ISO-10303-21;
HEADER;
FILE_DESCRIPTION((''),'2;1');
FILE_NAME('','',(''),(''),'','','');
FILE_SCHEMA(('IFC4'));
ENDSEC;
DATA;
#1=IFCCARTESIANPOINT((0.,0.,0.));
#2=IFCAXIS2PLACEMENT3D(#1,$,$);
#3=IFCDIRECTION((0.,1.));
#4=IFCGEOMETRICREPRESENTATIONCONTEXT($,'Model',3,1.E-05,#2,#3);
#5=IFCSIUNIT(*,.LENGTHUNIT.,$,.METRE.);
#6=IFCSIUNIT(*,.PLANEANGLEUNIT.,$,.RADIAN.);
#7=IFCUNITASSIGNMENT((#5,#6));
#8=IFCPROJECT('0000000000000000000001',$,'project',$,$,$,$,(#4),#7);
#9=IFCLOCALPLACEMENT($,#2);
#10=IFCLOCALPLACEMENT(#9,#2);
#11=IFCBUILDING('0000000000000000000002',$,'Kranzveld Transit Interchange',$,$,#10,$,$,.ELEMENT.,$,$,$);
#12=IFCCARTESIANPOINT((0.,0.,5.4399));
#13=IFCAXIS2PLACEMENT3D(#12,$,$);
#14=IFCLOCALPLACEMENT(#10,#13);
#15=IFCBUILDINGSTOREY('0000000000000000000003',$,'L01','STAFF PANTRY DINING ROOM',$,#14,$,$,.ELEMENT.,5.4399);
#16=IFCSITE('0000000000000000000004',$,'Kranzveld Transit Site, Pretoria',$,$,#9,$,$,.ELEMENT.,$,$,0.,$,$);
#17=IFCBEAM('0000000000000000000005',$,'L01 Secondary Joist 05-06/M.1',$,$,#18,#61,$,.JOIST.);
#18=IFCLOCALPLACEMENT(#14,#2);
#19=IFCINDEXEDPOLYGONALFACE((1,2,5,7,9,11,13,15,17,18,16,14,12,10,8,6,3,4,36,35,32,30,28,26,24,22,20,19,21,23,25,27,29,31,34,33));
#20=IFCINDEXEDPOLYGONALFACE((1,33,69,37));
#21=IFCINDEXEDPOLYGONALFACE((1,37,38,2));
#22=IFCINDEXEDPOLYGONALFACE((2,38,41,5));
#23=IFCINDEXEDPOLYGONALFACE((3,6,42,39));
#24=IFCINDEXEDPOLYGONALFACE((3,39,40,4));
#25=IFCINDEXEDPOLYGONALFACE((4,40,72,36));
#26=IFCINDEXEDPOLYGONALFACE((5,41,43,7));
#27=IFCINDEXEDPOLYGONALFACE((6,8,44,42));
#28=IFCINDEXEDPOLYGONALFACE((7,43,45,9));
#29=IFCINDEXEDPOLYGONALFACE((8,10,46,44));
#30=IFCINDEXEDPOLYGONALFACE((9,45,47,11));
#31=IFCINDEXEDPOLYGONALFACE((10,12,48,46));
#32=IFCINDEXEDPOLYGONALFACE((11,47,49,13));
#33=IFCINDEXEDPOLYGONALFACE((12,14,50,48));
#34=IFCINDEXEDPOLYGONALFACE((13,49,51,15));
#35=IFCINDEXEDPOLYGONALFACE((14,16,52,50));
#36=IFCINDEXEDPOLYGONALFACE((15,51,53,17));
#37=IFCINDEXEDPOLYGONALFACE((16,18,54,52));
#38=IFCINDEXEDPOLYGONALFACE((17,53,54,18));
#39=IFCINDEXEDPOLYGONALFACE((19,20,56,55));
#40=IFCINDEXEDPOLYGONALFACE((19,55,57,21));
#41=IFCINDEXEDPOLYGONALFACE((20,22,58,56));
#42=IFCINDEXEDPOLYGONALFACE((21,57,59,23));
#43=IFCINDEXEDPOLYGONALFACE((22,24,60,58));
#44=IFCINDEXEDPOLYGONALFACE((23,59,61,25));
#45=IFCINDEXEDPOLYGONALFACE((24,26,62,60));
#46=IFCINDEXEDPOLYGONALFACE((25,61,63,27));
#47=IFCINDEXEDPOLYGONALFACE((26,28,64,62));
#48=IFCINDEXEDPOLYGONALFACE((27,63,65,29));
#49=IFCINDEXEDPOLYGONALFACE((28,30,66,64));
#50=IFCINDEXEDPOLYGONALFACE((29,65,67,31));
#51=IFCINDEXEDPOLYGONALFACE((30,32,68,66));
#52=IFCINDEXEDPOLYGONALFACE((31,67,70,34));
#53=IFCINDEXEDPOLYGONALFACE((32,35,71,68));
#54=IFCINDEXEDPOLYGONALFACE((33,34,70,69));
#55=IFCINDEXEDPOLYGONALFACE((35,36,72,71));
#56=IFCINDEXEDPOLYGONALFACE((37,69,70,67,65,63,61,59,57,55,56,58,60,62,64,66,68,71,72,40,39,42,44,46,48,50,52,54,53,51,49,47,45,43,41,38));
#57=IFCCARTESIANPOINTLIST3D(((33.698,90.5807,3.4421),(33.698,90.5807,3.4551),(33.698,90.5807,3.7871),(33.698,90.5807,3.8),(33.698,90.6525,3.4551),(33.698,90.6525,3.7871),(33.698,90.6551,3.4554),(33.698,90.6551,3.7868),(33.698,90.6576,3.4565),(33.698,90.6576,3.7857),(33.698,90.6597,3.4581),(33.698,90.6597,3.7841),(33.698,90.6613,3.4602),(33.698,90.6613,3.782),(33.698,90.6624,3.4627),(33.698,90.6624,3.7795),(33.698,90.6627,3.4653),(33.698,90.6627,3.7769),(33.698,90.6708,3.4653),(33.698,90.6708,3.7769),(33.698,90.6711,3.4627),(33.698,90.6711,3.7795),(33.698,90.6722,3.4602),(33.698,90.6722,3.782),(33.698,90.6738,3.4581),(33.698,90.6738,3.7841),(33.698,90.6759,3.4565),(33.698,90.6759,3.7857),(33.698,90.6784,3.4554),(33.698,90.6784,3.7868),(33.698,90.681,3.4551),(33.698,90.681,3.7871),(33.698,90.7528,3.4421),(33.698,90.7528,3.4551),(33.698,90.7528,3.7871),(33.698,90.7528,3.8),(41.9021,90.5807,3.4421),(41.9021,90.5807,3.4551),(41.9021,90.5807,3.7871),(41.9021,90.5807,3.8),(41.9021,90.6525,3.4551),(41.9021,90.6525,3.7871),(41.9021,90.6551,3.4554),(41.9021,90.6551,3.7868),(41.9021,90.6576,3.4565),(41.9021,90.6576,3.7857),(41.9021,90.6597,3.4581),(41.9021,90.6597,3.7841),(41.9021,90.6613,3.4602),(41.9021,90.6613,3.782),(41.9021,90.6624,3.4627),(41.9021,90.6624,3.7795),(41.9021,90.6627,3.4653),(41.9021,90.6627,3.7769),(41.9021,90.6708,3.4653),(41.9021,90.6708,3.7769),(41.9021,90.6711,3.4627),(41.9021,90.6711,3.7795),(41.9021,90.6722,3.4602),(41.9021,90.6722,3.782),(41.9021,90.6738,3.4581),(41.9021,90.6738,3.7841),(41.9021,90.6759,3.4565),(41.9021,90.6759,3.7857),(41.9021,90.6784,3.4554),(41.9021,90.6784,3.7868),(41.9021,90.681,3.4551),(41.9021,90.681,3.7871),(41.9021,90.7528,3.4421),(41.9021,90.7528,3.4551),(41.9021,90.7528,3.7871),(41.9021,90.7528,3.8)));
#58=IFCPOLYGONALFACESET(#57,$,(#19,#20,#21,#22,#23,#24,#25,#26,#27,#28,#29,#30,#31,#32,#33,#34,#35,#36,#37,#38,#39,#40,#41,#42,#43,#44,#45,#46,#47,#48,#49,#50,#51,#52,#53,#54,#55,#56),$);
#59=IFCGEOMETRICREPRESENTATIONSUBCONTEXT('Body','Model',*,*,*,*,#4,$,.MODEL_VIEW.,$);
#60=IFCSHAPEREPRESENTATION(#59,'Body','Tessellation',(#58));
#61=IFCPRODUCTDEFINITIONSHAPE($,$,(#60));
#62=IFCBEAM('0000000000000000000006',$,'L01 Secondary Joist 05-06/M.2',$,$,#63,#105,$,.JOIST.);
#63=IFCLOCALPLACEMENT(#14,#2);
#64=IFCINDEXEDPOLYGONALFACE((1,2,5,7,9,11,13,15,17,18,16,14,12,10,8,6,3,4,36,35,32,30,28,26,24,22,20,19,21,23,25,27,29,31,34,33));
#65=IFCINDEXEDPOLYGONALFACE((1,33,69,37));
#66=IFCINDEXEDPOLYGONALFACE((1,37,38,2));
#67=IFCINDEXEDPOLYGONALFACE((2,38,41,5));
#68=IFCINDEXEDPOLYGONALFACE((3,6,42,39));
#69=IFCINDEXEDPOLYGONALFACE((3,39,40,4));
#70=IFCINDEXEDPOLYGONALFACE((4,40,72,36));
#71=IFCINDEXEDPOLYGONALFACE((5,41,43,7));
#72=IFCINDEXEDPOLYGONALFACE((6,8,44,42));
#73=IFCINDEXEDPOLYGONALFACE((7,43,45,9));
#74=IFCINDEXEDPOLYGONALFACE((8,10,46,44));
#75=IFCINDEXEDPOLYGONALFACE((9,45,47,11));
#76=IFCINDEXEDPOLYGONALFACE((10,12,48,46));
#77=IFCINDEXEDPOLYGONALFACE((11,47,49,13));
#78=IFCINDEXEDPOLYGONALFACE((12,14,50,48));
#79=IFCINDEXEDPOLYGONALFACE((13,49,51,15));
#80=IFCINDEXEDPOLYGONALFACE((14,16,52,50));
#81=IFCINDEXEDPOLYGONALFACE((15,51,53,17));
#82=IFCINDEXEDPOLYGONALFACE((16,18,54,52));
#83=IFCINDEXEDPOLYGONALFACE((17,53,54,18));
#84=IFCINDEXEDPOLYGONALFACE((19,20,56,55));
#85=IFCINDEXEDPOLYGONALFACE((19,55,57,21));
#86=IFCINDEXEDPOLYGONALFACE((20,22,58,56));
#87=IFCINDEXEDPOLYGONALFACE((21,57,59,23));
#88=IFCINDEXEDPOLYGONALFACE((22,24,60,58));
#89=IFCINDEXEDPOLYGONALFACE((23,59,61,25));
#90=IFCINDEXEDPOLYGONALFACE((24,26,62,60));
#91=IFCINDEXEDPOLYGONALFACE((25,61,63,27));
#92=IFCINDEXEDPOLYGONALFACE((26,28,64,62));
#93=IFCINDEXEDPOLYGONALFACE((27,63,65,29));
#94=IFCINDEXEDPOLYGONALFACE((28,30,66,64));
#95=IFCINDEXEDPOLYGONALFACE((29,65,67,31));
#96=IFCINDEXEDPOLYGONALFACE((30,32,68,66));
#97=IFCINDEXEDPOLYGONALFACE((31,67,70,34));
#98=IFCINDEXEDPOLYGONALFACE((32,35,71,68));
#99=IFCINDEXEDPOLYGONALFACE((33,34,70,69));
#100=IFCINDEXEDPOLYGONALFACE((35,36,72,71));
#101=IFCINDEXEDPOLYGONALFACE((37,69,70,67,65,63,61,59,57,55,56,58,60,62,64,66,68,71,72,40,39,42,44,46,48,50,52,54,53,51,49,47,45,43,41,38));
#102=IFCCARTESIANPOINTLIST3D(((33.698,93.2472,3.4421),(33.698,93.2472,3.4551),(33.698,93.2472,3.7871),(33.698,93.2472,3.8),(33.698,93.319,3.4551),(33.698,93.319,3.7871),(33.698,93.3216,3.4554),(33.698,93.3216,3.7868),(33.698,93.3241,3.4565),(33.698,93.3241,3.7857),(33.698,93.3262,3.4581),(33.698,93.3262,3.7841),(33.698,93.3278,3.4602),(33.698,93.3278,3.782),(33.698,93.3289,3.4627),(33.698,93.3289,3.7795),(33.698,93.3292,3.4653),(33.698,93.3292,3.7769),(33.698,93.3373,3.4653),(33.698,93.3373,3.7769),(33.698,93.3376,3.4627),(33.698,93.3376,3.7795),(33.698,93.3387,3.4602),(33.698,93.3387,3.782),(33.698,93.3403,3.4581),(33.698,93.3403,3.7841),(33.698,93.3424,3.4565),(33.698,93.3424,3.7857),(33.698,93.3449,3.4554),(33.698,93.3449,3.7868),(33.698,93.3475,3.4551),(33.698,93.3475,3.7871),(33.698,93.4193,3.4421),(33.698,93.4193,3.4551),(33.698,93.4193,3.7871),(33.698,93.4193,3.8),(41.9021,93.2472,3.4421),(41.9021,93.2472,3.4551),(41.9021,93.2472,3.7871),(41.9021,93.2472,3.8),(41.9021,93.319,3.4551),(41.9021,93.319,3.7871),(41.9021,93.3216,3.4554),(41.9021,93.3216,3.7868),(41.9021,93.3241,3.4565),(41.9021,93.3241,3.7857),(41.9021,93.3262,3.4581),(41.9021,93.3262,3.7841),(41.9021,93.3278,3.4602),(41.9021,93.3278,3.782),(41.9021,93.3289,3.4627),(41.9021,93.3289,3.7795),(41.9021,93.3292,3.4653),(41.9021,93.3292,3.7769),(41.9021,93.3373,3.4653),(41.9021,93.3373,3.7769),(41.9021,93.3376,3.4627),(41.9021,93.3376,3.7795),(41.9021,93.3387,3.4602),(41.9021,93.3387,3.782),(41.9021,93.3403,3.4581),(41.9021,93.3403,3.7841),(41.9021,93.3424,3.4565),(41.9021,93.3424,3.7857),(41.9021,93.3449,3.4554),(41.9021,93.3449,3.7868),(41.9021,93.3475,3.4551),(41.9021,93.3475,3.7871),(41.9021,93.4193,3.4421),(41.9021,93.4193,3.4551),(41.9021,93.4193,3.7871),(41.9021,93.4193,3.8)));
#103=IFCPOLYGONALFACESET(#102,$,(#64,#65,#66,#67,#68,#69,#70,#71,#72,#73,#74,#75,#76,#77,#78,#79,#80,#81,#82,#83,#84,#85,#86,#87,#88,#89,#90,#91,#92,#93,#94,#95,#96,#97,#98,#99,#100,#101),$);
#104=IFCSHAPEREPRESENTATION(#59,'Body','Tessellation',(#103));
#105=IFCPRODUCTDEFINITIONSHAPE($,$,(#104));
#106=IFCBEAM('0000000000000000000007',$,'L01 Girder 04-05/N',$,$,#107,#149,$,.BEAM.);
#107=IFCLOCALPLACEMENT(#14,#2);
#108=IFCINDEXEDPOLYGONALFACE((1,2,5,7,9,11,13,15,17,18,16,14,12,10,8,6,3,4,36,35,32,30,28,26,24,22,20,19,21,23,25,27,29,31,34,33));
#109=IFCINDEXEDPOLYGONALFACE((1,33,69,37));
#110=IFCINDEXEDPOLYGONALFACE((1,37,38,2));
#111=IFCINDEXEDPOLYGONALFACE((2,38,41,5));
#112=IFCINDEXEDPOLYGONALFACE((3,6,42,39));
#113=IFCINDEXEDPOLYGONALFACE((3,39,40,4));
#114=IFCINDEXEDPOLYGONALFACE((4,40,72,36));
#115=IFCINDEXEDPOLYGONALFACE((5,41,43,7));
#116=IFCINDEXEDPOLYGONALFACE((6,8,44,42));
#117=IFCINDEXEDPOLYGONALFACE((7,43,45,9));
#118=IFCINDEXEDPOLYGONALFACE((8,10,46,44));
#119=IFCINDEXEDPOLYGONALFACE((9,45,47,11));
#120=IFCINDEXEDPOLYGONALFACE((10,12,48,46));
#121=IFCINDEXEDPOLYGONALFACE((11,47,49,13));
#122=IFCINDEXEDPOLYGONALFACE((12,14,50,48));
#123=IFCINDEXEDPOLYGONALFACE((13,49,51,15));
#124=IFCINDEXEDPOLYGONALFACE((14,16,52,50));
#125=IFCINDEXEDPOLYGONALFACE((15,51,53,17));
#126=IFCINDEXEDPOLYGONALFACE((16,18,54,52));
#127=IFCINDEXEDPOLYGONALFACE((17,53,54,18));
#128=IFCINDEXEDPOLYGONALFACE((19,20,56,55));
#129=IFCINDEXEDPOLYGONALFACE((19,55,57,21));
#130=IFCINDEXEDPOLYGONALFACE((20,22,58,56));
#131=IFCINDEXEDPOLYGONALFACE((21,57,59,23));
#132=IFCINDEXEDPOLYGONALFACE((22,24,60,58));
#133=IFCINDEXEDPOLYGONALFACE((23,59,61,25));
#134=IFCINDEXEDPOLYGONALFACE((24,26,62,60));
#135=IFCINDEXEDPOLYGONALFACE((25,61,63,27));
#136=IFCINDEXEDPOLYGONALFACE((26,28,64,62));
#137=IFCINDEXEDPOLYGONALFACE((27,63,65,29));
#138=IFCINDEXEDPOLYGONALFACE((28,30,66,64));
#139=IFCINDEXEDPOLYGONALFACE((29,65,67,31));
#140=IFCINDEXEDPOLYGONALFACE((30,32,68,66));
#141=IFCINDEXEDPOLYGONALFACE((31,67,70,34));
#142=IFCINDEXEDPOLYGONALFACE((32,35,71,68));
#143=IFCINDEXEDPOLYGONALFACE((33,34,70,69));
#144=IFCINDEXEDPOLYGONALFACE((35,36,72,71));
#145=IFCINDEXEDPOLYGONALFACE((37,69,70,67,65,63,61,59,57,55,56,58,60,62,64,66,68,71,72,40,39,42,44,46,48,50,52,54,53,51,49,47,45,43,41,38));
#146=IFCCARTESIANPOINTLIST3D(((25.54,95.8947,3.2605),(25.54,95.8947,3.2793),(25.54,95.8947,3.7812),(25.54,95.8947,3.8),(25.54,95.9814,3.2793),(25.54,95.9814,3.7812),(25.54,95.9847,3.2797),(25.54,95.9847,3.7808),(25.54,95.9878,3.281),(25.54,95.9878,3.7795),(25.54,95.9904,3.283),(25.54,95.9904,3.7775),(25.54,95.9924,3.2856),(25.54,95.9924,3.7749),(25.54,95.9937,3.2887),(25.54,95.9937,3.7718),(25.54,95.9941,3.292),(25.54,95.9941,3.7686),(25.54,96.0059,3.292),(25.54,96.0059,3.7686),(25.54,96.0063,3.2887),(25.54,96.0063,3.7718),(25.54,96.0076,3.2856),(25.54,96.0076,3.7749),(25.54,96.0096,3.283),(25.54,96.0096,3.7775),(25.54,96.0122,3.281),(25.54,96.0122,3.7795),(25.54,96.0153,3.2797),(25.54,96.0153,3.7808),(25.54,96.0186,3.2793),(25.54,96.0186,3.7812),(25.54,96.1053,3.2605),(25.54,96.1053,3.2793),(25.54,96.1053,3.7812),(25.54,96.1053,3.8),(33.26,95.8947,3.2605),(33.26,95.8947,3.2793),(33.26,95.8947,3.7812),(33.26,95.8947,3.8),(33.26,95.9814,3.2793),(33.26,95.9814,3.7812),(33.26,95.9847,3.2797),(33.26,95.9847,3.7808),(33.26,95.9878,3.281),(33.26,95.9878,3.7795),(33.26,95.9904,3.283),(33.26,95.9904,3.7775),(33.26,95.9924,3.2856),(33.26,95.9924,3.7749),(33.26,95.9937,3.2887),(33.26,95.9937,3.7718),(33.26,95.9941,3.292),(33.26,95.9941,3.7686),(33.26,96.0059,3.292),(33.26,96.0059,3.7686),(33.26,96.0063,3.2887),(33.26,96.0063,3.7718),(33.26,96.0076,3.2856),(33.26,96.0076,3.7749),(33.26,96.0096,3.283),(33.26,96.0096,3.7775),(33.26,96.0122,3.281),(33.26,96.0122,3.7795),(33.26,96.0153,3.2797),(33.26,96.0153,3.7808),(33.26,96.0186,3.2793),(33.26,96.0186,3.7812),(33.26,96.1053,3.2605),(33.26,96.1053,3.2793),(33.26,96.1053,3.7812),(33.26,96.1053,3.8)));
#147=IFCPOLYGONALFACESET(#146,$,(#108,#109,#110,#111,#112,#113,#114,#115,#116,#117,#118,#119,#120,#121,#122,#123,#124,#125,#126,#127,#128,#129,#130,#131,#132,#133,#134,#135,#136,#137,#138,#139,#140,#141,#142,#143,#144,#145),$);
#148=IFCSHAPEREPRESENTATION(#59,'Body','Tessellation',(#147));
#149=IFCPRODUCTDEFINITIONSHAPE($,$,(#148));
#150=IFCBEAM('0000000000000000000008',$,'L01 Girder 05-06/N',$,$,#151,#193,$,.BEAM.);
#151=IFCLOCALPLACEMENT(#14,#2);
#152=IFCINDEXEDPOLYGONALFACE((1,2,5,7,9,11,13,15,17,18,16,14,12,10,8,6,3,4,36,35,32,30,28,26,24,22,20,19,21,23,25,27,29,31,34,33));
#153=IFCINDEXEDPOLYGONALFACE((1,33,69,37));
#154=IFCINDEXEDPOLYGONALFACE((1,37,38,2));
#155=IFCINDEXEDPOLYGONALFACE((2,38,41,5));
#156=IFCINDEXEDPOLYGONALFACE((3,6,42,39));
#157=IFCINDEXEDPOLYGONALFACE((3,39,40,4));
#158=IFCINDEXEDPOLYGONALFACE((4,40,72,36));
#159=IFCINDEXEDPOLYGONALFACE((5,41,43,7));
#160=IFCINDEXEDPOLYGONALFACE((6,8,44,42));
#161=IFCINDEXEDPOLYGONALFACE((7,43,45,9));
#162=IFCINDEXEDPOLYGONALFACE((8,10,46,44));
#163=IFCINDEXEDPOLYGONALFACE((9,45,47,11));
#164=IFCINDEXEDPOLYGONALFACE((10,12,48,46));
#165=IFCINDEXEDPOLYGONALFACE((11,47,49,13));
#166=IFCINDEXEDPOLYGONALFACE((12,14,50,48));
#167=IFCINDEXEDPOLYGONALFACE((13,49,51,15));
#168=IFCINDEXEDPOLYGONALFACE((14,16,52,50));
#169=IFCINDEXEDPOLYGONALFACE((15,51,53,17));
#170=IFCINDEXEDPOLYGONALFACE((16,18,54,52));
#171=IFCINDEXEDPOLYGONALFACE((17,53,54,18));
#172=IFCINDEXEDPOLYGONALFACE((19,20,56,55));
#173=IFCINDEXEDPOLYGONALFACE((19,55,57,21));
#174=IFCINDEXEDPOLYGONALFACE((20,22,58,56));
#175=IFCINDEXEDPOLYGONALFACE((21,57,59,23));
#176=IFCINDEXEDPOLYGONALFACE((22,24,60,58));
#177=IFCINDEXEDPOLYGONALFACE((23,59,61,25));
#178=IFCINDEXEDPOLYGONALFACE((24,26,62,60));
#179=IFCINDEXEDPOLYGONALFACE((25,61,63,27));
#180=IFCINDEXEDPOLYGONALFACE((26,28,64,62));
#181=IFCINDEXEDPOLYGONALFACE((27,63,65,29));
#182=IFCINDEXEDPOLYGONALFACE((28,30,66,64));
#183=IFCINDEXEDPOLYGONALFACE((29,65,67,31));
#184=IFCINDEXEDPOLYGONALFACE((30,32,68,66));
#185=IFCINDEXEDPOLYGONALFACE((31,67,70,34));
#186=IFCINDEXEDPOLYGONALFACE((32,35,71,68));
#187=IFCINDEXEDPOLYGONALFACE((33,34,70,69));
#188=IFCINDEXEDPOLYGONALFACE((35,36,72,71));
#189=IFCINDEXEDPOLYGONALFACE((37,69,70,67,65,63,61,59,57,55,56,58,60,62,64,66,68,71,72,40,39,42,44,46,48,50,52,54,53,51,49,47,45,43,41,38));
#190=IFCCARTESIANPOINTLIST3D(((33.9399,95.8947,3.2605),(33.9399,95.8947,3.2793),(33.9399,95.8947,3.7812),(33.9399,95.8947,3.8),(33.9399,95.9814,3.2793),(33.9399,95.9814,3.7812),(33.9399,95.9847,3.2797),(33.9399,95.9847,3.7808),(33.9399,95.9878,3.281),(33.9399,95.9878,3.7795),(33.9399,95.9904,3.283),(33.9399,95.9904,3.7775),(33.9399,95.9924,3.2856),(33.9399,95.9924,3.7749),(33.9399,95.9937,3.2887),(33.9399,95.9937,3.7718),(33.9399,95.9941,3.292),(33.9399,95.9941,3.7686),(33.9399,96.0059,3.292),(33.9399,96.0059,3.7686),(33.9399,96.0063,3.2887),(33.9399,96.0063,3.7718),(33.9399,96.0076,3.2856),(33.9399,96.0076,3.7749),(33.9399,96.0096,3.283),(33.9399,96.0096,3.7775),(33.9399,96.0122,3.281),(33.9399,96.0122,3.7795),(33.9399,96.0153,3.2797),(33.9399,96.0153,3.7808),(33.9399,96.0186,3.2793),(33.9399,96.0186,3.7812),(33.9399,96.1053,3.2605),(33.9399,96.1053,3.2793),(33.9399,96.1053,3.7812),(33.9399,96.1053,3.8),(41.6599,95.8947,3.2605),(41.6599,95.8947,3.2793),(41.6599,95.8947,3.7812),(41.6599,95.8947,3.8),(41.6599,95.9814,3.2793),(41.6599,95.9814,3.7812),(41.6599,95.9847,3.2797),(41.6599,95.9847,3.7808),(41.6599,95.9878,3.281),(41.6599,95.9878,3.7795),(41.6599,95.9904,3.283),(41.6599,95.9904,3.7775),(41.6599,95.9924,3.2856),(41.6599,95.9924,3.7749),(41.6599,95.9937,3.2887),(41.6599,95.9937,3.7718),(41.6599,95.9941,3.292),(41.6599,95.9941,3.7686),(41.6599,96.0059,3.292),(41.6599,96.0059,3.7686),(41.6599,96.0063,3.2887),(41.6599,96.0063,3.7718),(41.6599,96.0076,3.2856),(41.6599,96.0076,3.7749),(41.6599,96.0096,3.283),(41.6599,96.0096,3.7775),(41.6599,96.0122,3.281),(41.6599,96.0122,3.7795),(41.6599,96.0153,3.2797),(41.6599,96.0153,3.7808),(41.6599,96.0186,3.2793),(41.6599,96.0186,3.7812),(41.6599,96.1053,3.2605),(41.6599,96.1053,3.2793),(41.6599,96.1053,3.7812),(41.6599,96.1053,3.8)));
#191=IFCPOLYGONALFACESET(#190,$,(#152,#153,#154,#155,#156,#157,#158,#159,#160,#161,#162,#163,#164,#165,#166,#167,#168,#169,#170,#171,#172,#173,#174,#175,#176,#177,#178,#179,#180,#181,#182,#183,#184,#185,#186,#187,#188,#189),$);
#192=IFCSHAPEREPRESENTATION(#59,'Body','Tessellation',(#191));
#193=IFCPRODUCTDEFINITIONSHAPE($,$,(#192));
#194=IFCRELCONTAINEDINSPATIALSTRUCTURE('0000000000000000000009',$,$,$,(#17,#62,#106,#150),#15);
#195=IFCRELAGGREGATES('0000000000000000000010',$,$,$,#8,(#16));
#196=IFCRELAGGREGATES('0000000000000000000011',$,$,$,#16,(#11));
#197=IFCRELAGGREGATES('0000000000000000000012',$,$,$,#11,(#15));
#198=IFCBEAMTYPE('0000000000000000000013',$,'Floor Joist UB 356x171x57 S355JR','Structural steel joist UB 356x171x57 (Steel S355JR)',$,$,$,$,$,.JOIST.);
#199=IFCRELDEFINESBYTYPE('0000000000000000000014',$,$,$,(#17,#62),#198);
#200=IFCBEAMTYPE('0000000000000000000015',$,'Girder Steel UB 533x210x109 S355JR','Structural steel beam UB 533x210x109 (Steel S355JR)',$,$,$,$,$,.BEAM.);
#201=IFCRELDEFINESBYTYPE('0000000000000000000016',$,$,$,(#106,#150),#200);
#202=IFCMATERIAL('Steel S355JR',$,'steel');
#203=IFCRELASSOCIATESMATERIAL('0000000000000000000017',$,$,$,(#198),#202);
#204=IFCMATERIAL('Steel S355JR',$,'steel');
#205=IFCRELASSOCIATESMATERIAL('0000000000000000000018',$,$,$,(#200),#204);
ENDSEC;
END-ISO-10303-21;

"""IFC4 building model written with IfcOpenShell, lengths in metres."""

from ifc_helpers import new_model, si_unit, direction, frame, origin, origin_2d, place, context, subcontext, project, spatial, i_section, extrude, material, material_profile, profile_set, type_object, element, save


model = new_model("IFC4")

# Units and contexts
model_context = context("Model", 3, precision=1e-05, world=origin(), true_north=direction((0.0, 1.0)))
body_context = subcontext(model_context, "Body", "Model", "MODEL_VIEW")
ifc_project = project(units=[si_unit("LENGTHUNIT", "METRE"), si_unit("PLANEANGLEUNIT", "RADIAN")], contexts=[model_context])

# Site, building, storey
site_placement = place(None, origin())
site = spatial("IfcSite", under=ifc_project, at=site_placement, Name="Kranzveld Transit Site, Pretoria", CompositionType="ELEMENT", RefElevation=0.0)
building_placement = place(site_placement, origin())
building = spatial("IfcBuilding", under=site, at=building_placement, Name="Kranzveld Transit Interchange", CompositionType="ELEMENT")
storey_placement = place(building_placement, frame((0.0, 0.0, 5.4399)))
storey = spatial("IfcBuildingStorey", under=building, at=storey_placement, Name="L01", Description="STAFF PANTRY DINING ROOM", CompositionType="ELEMENT", Elevation=5.4399)

# Beams
ifc_material_1 = material(Name="Steel S355JR", Category="steel")
ifc_material_profile_1 = material_profile(ifc_material_1, i_section(OverallWidth=0.1721, OverallDepth=0.3579, WebThickness=0.0081, FlangeThickness=0.0129, FilletRadius=0.0103, at=origin_2d()), Name="UB 356x171x57")
ifc_profile_set_1 = profile_set([ifc_material_profile_1], Name="Steel S355JR")
beam_type_1 = type_object("IfcBeamType", Name="Floor Joist UB 356x171x57 S355JR", Description="Structural steel joist UB 356x171x57 (Steel S355JR)", PredefinedType="JOIST", material=ifc_profile_set_1)
for number, where, z_axis, x_axis, name in (
    (1, (33.698, 90.6667, 3.6211), (1.0, 0.0, 0.0), (0.0, 1.0, 0.0), "L01 Secondary Joist 05-06/M.1"),
    (2, (33.698, 93.3333, 3.6211), (1.0, 0.0, 0.0), (0.0, 1.0, 0.0), "L01 Secondary Joist 05-06/M.2"),
):
    element("IfcBeam", number, at=place(storey_placement, frame(where, z_axis=z_axis, x_axis=x_axis)), inside=storey, type_object=beam_type_1, Name=name, PredefinedType="JOIST", context=body_context, shape_type="SweptSolid", body=[
        extrude(i_section(OverallWidth=0.1721, OverallDepth=0.3579, WebThickness=0.0081, FlangeThickness=0.0129, FilletRadius=0.0103, at=origin_2d()), origin(), (0.0, 0.0, 1.0), 8.2041),
    ])
ifc_material_2 = material(Name="Steel S355JR", Category="steel")
ifc_material_profile_2 = material_profile(ifc_material_2, i_section(OverallWidth=0.2107, OverallDepth=0.5396, WebThickness=0.0117, FlangeThickness=0.0188, FilletRadius=0.0127, at=origin_2d()), Name="UB 533x210x109")
ifc_profile_set_2 = profile_set([ifc_material_profile_2], Name="Steel S355JR")
beam_type_2 = type_object("IfcBeamType", Name="Girder Steel UB 533x210x109 S355JR", Description="Structural steel beam UB 533x210x109 (Steel S355JR)", PredefinedType="BEAM", material=ifc_profile_set_2)
for number, where, z_axis, x_axis, name in (
    (3, (25.54, 96.0, 3.5303), (1.0, 0.0, 0.0), (0.0, 1.0, 0.0), "L01 Girder 04-05/N"),
    (4, (33.9399, 96.0, 3.5303), (1.0, 0.0, 0.0), (0.0, 1.0, 0.0), "L01 Girder 05-06/N"),
):
    element("IfcBeam", number, at=place(storey_placement, frame(where, z_axis=z_axis, x_axis=x_axis)), inside=storey, type_object=beam_type_2, Name=name, PredefinedType="BEAM", context=body_context, shape_type="SweptSolid", body=[
        extrude(i_section(OverallWidth=0.2107, OverallDepth=0.5396, WebThickness=0.0117, FlangeThickness=0.0188, FilletRadius=0.0127, at=origin_2d()), origin(), (0.0, 0.0, 1.0), 7.72),
    ])

save(model, "model.ifc")
